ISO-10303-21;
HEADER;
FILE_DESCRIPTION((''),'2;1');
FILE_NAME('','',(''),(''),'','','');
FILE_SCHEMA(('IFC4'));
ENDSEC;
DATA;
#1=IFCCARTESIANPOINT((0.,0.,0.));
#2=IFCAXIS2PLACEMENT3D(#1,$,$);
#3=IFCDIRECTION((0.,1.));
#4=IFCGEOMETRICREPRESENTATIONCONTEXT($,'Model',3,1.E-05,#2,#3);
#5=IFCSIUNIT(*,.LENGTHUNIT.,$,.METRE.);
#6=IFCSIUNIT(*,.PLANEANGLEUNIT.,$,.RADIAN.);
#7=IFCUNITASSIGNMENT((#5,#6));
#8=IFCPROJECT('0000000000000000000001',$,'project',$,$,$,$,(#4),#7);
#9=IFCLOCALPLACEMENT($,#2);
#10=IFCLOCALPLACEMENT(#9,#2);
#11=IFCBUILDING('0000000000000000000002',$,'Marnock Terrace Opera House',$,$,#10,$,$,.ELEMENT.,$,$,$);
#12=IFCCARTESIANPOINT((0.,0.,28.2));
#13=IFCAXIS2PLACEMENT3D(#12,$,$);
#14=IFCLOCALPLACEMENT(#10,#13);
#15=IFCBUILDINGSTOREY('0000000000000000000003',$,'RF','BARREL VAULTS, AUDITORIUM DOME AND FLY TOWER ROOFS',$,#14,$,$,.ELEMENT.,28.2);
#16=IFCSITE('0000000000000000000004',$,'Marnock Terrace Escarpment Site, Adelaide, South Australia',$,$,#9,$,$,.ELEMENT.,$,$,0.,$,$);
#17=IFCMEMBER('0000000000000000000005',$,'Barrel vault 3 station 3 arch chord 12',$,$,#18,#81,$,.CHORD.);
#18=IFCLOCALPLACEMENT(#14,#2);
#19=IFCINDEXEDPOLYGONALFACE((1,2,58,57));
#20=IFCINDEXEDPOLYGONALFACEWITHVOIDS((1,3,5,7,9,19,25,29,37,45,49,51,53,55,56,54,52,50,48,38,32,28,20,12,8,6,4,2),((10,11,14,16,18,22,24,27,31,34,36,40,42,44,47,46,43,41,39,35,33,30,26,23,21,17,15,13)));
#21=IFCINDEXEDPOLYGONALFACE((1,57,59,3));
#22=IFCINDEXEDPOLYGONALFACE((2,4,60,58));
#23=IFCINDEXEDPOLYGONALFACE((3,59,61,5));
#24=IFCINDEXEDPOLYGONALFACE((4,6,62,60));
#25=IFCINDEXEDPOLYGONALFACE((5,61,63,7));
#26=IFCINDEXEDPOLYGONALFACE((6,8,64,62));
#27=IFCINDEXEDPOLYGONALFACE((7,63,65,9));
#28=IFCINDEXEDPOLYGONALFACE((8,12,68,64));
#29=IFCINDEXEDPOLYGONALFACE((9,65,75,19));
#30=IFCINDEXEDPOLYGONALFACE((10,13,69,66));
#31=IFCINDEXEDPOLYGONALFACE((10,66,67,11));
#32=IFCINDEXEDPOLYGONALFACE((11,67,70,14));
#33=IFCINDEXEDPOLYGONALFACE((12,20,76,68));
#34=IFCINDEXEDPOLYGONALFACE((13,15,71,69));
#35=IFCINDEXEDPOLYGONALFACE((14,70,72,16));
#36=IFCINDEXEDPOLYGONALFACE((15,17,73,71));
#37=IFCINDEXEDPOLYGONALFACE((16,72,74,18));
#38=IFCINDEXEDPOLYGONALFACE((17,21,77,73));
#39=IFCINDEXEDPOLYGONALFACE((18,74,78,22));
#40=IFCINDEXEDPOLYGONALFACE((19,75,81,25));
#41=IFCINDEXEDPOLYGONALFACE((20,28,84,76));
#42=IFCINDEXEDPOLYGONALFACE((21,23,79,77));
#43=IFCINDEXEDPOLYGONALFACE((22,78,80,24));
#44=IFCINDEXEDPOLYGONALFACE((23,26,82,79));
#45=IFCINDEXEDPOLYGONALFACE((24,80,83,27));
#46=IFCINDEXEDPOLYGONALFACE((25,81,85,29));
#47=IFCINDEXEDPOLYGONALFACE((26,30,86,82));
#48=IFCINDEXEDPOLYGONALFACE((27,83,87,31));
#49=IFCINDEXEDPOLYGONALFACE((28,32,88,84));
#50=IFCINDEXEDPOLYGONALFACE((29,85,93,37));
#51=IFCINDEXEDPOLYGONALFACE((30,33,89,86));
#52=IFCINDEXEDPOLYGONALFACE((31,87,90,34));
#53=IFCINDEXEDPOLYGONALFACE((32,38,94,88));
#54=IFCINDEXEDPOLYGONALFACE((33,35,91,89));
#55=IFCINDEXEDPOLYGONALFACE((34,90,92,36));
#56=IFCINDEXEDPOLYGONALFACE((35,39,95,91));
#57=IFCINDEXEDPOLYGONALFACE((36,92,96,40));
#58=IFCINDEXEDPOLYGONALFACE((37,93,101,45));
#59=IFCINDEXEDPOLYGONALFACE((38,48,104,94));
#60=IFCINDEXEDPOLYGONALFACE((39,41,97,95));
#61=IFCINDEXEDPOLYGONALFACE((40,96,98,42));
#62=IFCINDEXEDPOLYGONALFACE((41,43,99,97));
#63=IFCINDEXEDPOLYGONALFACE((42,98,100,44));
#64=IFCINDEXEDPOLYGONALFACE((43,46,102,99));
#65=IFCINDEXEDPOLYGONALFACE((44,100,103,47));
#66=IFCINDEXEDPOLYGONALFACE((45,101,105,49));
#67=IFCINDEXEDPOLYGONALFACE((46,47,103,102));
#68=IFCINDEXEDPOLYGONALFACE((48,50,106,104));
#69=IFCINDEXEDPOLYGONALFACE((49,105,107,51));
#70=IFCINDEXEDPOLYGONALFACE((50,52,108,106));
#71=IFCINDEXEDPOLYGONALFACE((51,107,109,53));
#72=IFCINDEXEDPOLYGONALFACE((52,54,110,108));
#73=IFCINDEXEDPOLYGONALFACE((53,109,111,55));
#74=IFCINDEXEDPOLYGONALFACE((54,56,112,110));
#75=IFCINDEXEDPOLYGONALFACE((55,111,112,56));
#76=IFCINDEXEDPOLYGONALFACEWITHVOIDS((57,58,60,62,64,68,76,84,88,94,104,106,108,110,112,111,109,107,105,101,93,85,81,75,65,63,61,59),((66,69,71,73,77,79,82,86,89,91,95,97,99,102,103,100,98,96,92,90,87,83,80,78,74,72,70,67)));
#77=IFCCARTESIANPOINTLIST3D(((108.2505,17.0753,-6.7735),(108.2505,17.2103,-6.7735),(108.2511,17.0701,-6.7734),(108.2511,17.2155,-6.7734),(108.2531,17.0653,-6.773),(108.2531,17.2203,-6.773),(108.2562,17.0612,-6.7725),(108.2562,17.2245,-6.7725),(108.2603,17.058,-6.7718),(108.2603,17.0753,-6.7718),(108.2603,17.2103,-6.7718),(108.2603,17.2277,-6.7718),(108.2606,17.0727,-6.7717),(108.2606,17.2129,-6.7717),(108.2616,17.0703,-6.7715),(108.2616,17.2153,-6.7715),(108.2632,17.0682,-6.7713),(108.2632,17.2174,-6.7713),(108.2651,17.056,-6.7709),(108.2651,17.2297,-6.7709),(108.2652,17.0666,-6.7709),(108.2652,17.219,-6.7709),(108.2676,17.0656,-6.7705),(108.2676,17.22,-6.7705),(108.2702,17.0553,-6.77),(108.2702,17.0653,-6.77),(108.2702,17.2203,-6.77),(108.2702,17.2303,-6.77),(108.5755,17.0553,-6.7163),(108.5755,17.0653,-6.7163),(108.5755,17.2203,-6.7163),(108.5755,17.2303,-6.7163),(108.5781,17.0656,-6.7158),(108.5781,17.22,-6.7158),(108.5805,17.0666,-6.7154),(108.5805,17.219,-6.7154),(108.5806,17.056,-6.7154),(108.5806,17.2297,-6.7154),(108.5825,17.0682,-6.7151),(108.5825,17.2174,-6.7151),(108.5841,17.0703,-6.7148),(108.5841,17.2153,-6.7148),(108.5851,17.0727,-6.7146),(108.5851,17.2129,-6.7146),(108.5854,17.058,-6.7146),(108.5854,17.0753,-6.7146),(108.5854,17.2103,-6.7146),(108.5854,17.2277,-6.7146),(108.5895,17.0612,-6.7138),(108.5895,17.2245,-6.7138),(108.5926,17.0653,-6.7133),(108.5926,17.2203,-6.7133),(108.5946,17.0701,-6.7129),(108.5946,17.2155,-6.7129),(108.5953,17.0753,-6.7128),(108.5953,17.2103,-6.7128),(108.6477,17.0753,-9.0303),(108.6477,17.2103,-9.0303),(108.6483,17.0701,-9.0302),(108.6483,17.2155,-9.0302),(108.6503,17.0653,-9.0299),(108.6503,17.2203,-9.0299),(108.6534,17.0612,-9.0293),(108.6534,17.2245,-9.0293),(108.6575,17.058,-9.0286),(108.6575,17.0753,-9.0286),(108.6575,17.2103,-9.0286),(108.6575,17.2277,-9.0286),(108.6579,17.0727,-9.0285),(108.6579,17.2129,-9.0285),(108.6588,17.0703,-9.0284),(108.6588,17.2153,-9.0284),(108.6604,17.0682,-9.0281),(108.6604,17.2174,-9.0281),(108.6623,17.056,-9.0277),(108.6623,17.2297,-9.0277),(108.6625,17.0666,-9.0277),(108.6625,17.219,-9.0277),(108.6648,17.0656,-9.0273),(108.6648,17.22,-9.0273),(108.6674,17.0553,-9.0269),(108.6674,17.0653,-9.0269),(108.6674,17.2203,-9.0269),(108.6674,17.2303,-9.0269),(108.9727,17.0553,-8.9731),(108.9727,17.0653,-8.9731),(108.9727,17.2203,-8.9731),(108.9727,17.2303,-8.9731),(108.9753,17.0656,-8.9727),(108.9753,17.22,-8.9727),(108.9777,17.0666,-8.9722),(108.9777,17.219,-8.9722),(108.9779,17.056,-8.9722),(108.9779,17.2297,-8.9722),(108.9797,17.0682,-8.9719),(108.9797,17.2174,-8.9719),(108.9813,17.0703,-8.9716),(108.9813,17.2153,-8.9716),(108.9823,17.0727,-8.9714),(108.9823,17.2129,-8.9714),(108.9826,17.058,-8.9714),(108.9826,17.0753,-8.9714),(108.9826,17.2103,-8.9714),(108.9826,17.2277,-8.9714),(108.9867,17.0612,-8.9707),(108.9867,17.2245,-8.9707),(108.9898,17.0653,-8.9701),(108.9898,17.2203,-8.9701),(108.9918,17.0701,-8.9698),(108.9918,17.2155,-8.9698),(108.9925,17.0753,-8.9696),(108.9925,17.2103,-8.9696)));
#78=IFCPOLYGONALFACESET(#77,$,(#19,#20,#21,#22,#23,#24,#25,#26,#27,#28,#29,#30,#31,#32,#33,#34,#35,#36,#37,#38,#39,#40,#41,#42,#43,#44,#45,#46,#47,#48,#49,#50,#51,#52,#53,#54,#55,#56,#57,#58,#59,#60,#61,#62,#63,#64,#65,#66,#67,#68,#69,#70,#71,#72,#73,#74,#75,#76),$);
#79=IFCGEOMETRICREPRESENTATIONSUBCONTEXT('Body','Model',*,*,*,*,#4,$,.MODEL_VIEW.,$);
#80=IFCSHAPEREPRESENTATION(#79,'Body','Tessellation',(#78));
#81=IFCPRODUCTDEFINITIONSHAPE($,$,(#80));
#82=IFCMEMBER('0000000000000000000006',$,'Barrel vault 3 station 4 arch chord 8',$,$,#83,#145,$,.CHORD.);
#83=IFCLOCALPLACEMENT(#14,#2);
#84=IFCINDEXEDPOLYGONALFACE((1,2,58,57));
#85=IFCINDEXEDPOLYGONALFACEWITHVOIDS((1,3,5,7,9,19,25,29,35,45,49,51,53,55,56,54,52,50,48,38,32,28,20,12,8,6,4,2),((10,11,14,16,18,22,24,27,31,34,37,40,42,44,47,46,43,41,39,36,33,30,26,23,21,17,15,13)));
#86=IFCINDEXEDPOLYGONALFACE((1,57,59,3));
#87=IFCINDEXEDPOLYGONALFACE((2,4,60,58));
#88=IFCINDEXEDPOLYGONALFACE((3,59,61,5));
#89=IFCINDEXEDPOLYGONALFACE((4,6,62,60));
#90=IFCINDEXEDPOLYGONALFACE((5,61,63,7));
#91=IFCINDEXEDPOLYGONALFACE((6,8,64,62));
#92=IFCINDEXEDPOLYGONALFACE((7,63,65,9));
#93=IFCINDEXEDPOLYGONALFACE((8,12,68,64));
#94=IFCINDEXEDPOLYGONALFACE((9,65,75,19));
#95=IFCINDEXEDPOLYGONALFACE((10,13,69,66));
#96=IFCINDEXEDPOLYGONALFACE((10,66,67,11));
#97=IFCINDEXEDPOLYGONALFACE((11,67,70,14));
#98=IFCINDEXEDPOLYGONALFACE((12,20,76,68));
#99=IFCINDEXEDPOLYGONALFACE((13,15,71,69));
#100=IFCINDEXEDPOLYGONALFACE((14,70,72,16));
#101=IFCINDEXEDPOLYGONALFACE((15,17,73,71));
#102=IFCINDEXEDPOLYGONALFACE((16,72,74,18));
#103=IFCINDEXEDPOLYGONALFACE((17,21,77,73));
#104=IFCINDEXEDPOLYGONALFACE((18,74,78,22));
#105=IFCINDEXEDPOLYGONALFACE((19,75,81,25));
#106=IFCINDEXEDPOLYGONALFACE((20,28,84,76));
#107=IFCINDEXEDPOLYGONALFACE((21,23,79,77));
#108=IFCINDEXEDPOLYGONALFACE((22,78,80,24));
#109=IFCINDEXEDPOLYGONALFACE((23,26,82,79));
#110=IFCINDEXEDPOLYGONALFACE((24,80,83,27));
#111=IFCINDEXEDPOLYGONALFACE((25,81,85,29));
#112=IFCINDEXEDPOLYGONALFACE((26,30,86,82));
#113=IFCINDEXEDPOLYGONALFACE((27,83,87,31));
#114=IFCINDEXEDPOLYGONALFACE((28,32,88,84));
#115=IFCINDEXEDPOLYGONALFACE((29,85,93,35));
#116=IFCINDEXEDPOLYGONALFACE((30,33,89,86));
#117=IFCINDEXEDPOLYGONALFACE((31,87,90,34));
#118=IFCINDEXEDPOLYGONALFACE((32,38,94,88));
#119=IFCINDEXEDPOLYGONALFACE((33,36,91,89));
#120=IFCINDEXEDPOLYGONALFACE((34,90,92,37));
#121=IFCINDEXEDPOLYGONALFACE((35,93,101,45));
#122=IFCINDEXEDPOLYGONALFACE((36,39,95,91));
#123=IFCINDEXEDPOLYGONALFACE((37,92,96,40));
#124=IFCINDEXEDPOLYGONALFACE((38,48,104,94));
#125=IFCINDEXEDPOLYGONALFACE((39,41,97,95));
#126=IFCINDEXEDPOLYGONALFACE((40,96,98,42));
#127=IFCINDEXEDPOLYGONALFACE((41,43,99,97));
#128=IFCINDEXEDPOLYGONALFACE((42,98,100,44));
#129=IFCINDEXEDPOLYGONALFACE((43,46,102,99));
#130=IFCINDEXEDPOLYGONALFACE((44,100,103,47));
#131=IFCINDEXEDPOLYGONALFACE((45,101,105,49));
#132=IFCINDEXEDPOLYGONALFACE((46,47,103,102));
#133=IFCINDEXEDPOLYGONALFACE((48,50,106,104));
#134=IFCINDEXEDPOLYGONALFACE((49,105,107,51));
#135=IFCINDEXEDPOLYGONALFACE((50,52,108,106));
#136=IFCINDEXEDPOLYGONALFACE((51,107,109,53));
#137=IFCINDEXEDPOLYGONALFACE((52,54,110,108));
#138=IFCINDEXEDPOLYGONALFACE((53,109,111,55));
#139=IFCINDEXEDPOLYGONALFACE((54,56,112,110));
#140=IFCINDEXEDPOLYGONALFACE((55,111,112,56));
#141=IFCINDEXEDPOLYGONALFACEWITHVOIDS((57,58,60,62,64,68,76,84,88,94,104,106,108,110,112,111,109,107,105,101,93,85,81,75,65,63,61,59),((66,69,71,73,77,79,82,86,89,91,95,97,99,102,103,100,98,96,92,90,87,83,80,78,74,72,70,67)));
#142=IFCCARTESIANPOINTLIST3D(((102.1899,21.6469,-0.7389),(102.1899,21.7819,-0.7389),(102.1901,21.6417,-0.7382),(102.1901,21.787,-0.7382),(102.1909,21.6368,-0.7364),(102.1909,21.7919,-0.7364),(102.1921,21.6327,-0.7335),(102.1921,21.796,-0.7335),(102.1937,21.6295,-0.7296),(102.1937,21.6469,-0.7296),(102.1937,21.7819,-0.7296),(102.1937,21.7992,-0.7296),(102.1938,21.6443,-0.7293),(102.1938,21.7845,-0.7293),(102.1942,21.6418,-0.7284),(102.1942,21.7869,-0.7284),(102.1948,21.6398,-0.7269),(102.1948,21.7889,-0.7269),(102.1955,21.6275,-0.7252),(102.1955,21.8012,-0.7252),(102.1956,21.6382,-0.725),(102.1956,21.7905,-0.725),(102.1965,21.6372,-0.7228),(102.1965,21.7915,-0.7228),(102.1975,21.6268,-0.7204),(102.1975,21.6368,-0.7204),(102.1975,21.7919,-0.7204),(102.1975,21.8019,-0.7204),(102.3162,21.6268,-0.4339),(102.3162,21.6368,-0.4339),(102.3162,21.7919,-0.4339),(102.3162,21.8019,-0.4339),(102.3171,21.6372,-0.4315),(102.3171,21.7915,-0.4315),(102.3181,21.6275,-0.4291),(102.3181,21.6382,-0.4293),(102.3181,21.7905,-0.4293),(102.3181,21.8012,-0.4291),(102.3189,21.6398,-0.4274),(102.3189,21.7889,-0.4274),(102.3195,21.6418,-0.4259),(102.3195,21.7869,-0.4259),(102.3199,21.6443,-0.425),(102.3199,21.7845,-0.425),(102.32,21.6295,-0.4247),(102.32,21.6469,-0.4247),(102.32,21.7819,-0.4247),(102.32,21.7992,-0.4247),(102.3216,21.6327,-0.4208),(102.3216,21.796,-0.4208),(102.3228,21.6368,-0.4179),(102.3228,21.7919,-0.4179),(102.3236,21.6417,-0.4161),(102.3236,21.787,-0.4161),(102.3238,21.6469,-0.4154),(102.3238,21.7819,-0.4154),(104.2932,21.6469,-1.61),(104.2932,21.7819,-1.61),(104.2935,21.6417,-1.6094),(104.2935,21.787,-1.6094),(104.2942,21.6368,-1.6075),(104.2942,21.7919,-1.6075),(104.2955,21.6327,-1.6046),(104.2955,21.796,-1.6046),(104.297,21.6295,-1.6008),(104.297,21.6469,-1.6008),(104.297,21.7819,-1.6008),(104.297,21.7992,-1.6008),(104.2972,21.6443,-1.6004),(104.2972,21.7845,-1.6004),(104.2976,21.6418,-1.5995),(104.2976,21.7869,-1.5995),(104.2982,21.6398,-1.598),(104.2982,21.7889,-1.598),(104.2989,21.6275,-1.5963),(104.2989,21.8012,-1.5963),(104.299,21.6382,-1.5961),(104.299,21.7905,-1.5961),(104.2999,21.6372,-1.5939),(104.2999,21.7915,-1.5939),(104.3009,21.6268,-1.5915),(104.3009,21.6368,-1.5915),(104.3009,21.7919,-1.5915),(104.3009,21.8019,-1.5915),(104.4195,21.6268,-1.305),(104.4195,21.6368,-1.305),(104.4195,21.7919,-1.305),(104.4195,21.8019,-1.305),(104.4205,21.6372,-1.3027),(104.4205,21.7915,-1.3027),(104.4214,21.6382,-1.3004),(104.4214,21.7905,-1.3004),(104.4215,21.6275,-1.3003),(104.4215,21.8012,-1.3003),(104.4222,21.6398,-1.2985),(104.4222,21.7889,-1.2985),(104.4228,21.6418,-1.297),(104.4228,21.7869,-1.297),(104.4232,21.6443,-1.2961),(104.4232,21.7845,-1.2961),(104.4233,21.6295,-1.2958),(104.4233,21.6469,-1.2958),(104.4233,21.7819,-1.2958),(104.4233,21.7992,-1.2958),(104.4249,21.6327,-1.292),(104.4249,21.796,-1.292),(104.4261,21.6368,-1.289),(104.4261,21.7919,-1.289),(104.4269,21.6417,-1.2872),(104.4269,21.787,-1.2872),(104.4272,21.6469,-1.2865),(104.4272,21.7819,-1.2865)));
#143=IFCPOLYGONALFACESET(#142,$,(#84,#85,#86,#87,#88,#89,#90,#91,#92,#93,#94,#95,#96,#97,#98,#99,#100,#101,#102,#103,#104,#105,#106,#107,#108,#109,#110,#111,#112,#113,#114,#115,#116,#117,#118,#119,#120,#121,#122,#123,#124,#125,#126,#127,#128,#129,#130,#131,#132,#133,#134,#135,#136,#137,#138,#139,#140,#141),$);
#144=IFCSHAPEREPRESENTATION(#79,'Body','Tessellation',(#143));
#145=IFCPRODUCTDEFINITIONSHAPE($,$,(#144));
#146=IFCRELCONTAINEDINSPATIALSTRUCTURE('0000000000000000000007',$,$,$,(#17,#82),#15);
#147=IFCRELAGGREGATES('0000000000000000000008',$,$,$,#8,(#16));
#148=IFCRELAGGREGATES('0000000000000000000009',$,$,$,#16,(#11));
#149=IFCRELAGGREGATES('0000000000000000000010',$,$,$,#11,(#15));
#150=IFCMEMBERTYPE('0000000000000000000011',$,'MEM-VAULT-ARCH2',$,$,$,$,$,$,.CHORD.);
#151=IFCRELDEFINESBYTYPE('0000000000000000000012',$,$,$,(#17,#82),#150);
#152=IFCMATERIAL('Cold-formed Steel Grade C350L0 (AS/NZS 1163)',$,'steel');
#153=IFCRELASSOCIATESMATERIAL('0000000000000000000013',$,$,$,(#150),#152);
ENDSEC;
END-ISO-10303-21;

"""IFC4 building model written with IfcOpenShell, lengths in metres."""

from ifc_helpers import new_model, si_unit, direction, frame, origin, origin_2d, place, context, subcontext, project, spatial, hollow_rectangle, extrude, material, material_profile, profile_set, type_object, element, save


model = new_model("IFC4")

# Units and contexts
model_context = context("Model", 3, precision=1e-05, world=origin(), true_north=direction((0.0, 1.0)))
body_context = subcontext(model_context, "Body", "Model", "MODEL_VIEW")
ifc_project = project(units=[si_unit("LENGTHUNIT", "METRE"), si_unit("PLANEANGLEUNIT", "RADIAN")], contexts=[model_context])

# Site, building, storey
site_placement = place(None, origin())
site = spatial("IfcSite", under=ifc_project, at=site_placement, Name="Marnock Terrace Escarpment Site, Adelaide, South Australia", CompositionType="ELEMENT", RefElevation=0.0)
building_placement = place(site_placement, origin())
building = spatial("IfcBuilding", under=site, at=building_placement, Name="Marnock Terrace Opera House", CompositionType="ELEMENT")
storey_placement = place(building_placement, frame((0.0, 0.0, 28.2)))
storey = spatial("IfcBuildingStorey", under=building, at=storey_placement, Name="RF", Description="BARREL VAULTS, AUDITORIUM DOME AND FLY TOWER ROOFS", CompositionType="ELEMENT", Elevation=28.2)

# Members
ifc_material_1 = material(Name="Cold-formed Steel Grade C350L0 (AS/NZS 1163)", Category="steel")
ifc_material_profile_1 = material_profile(ifc_material_1, hollow_rectangle(XDim=0.175, YDim=0.3501, WallThickness=0.01, InnerFilletRadius=0.01, OuterFilletRadius=0.02, at=origin_2d()))
ifc_profile_set_1 = profile_set([ifc_material_profile_1], Name="Cold-formed Steel Grade C350L0 (AS/NZS 1163)")
member_type_1 = type_object("IfcMemberType", Name="MEM-VAULT-ARCH2", PredefinedType="CHORD", material=ifc_profile_set_1)
member_1_placement = place(storey_placement, frame((108.4229, 17.1428, -6.7432), z_axis=(0.173342, 0.0, -0.984862), x_axis=(0.0, 1.0, 0.0)))
element("IfcMember", 1, at=member_1_placement, inside=storey, type_object=member_type_1, Name="Barrel vault 3 station 3 arch chord 12", PredefinedType="CHORD", context=body_context, shape_type="SweptSolid", body=[
    extrude(hollow_rectangle(XDim=0.175, YDim=0.3501, WallThickness=0.01, InnerFilletRadius=0.01, OuterFilletRadius=0.02, at=origin_2d()), origin(), (0.0, 0.0, 1.0), 2.2915),
])
member_2_placement = place(storey_placement, frame((102.2568, 21.7144, -0.5771), z_axis=(0.923897, 0.0, -0.382642), x_axis=(0.0, 1.0, 0.0)))
element("IfcMember", 2, at=member_2_placement, inside=storey, type_object=member_type_1, Name="Barrel vault 3 station 4 arch chord 8", PredefinedType="CHORD", context=body_context, shape_type="SweptSolid", body=[
    extrude(hollow_rectangle(XDim=0.175, YDim=0.3501, WallThickness=0.01, InnerFilletRadius=0.01, OuterFilletRadius=0.02, at=origin_2d()), origin(), (0.0, 0.0, 1.0), 2.2766),
])

save(model, "model.ifc")
